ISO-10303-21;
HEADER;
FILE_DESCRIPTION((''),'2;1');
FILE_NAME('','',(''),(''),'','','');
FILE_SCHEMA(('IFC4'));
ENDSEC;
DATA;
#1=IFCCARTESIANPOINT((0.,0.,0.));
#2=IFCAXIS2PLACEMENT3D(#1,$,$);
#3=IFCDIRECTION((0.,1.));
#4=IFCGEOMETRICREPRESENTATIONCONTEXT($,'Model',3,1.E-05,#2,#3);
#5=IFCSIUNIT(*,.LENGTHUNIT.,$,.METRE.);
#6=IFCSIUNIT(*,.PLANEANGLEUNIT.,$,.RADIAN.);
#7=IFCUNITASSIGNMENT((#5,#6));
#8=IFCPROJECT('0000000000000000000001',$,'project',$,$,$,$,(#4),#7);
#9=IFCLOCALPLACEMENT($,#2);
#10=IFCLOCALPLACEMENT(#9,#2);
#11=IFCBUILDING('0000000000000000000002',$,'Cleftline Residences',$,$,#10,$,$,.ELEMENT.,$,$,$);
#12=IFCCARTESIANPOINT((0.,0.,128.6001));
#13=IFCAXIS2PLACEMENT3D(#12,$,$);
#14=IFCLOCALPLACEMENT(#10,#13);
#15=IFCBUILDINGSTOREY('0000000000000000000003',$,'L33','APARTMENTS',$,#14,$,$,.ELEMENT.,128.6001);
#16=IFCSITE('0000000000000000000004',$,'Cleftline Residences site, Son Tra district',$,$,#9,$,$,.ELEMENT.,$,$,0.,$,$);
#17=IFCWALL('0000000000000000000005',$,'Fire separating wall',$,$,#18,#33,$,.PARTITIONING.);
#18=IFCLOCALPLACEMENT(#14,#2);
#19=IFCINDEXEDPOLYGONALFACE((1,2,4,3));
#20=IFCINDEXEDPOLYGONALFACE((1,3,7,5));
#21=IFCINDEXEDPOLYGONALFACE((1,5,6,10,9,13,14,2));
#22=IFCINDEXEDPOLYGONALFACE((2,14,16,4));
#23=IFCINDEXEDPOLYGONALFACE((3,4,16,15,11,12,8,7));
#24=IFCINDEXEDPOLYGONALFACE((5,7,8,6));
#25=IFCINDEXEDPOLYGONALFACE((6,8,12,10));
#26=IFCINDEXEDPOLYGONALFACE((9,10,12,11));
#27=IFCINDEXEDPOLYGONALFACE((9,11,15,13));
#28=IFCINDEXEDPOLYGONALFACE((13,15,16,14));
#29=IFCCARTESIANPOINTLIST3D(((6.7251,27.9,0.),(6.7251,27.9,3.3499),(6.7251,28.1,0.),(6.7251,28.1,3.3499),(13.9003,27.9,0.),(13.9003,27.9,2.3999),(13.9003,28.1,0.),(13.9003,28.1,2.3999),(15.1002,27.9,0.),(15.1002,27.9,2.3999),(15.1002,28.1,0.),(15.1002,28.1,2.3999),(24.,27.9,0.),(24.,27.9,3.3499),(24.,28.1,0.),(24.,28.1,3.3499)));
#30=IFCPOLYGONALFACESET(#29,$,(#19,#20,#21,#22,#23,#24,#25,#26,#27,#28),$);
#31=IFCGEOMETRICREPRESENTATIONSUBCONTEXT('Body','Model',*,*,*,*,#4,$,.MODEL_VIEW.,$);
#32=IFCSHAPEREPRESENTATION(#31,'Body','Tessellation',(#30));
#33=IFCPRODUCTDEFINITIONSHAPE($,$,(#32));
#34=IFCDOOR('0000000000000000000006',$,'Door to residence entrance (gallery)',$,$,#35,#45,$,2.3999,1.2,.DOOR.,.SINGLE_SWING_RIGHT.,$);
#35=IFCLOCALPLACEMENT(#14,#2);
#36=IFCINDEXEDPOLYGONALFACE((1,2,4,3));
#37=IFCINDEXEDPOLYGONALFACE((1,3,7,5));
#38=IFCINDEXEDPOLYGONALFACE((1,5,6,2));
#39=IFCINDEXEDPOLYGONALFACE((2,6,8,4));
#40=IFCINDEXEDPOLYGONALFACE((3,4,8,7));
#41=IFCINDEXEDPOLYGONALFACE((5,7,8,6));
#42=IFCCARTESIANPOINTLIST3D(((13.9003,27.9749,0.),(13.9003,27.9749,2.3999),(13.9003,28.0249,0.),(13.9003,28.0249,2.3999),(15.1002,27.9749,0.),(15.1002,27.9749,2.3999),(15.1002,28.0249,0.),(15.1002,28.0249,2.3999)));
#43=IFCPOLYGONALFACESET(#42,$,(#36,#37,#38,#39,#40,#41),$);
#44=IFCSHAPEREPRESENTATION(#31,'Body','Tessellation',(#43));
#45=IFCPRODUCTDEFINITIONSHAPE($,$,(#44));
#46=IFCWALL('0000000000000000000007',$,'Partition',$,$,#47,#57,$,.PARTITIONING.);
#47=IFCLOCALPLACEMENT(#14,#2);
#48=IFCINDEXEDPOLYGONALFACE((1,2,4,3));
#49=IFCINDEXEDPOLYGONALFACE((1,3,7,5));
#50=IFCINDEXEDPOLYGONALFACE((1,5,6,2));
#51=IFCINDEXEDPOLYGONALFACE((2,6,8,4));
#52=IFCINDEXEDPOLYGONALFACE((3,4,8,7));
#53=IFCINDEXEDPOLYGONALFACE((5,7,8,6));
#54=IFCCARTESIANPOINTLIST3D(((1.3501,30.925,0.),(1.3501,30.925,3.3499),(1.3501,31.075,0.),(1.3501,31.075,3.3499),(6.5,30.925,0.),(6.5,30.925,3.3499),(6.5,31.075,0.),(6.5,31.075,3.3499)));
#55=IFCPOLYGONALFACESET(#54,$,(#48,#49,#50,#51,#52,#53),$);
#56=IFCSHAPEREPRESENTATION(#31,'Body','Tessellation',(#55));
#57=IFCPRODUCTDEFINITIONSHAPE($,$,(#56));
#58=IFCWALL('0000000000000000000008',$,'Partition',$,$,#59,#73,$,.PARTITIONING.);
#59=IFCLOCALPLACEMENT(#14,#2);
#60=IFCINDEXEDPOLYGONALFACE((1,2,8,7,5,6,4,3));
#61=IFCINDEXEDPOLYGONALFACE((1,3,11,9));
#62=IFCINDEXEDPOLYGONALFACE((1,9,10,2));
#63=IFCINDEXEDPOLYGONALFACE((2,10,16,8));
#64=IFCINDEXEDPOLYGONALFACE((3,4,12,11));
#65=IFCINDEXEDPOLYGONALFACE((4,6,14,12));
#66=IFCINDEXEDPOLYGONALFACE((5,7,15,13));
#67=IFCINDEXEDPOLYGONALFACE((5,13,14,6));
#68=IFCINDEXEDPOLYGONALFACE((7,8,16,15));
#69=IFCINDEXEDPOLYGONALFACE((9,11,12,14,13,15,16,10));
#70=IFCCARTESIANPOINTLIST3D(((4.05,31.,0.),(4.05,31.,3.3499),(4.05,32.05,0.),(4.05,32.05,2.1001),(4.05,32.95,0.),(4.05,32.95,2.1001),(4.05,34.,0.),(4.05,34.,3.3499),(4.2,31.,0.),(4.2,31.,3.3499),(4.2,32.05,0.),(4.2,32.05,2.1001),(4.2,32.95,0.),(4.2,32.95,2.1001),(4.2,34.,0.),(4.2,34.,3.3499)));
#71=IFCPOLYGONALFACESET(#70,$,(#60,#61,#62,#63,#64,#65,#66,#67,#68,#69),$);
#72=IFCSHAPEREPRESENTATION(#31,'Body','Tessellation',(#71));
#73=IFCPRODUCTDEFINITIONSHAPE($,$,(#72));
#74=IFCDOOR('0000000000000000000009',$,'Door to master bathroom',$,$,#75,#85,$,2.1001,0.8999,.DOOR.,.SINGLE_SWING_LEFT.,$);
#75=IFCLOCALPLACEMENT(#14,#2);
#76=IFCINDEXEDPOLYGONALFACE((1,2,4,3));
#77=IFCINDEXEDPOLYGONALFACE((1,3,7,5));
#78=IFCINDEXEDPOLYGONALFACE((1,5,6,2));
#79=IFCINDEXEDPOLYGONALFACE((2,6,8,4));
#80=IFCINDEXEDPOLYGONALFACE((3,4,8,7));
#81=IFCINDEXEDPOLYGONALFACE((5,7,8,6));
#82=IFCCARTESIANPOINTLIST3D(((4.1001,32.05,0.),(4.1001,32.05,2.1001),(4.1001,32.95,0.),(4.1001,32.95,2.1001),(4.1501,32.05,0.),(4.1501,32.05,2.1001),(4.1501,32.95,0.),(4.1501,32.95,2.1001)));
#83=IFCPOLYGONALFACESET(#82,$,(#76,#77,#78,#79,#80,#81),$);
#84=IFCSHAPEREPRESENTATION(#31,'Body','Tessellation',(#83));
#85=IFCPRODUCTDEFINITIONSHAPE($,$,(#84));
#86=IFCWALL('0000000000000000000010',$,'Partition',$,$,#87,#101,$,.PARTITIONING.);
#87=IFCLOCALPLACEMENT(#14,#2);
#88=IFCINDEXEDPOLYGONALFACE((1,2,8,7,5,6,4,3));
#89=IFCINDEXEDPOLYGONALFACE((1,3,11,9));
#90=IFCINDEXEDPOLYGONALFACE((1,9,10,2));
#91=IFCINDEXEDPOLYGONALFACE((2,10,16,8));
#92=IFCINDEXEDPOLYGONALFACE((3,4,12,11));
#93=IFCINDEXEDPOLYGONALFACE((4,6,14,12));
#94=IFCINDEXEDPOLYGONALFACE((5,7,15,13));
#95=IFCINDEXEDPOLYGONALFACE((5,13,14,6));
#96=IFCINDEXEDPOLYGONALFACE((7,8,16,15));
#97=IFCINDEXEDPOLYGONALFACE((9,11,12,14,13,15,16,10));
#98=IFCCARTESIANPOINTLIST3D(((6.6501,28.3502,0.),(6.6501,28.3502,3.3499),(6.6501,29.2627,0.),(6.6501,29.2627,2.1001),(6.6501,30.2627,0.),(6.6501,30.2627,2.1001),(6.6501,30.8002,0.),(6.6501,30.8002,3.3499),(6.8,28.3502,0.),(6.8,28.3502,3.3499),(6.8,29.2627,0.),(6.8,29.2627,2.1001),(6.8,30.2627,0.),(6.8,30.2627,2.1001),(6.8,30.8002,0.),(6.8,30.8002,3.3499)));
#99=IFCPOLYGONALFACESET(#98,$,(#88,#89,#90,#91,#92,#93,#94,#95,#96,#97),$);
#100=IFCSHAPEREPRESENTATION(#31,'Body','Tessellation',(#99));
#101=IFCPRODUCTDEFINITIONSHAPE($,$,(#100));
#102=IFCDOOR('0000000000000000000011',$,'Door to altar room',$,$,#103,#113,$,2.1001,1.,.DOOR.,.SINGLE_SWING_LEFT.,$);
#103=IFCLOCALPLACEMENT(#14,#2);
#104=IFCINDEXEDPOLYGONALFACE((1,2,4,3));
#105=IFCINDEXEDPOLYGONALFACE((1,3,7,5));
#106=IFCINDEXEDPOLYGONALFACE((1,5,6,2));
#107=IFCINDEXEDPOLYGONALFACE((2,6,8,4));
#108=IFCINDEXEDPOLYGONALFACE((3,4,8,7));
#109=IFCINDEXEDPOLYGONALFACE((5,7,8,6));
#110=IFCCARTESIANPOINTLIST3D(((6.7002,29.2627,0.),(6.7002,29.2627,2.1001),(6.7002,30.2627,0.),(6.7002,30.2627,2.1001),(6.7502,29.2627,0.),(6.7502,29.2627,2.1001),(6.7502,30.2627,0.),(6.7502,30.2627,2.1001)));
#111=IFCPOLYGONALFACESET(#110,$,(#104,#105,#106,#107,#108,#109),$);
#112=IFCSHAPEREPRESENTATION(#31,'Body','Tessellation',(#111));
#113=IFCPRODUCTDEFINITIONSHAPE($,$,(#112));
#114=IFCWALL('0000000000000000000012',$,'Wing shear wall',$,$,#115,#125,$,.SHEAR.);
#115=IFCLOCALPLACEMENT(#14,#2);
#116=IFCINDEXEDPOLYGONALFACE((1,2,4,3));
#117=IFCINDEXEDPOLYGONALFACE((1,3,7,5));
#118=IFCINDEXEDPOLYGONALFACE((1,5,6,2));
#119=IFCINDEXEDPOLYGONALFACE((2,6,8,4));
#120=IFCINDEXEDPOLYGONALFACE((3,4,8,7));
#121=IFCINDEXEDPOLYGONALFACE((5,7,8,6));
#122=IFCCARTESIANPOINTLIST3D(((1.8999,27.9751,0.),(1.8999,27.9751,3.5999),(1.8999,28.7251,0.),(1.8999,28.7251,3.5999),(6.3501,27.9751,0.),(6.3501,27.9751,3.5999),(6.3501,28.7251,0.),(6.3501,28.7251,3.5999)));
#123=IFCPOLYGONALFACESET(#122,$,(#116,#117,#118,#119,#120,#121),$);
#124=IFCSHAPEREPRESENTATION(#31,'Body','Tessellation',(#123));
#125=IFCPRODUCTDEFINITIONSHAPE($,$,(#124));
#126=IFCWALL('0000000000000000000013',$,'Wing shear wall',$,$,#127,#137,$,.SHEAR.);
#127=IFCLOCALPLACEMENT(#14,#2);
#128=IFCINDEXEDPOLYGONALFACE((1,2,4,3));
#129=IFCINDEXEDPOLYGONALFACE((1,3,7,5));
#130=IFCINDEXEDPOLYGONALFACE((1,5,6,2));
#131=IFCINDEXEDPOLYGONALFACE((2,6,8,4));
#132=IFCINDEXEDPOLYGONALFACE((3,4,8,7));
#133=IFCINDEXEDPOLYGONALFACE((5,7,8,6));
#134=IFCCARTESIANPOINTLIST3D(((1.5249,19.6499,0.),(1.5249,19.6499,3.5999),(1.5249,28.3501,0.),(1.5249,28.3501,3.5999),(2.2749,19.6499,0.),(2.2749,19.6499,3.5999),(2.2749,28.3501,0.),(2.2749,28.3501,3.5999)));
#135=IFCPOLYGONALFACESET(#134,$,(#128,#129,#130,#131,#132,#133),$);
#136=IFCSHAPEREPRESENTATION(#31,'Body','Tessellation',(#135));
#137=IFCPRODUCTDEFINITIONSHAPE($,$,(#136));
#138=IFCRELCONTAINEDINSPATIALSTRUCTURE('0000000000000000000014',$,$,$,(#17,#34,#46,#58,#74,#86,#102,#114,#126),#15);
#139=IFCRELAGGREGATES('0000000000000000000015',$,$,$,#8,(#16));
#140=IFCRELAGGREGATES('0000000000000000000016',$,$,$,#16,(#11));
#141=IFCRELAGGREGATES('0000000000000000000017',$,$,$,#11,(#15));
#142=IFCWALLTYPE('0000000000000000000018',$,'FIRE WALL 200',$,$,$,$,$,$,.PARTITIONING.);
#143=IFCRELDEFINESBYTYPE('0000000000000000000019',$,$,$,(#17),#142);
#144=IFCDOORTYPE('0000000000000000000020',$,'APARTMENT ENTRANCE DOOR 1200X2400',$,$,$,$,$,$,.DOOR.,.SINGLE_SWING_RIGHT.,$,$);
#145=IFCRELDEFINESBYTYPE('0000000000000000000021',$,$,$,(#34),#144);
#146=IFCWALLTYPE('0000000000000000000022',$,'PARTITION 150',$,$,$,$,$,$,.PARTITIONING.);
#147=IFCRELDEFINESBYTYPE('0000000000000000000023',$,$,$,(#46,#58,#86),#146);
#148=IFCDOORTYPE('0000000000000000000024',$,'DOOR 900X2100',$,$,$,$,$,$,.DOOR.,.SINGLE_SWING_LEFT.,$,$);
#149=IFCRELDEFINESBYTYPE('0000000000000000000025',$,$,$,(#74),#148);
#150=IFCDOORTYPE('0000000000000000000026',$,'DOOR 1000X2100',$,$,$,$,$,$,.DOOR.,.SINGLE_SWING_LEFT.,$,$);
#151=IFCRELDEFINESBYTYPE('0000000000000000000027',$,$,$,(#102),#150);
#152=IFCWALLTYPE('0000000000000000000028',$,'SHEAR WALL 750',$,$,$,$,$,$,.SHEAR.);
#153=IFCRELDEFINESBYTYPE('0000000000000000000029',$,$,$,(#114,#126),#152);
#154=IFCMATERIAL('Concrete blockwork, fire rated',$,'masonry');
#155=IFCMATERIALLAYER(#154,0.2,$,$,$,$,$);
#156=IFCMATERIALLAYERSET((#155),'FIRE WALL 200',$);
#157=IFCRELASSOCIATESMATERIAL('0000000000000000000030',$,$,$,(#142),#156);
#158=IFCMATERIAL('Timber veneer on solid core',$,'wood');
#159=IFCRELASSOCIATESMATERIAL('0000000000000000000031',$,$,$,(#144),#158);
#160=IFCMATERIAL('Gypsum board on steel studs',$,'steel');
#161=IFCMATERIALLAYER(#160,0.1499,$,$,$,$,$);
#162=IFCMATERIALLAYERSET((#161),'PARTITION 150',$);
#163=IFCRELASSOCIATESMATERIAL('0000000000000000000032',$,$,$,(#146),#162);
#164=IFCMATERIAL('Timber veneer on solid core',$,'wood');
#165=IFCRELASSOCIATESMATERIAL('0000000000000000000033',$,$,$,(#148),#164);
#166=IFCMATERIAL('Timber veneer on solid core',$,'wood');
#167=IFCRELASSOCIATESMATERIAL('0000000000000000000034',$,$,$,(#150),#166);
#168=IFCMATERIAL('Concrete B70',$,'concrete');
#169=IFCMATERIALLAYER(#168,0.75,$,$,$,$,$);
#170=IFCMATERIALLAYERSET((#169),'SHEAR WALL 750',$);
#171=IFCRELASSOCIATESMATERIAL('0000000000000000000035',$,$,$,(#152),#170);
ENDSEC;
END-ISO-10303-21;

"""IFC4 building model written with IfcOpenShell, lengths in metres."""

from ifc_helpers import new_model, si_unit, direction, frame, frame_2d, origin, place, context, subcontext, project, spatial, rectangle, extrude, material, layer, layer_set, type_object, element, fill, save


model = new_model("IFC4")

# Units and contexts
model_context = context("Model", 3, precision=1e-05, world=origin(), true_north=direction((0.0, 1.0)))
body_context = subcontext(model_context, "Body", "Model", "MODEL_VIEW")
ifc_project = project(units=[si_unit("LENGTHUNIT", "METRE"), si_unit("PLANEANGLEUNIT", "RADIAN")], contexts=[model_context])

# Site, building, storey
site_placement = place(None, origin())
site = spatial("IfcSite", under=ifc_project, at=site_placement, Name="Cleftline Residences site, Son Tra district", CompositionType="ELEMENT", RefElevation=0.0)
building_placement = place(site_placement, origin())
building = spatial("IfcBuilding", under=site, at=building_placement, Name="Cleftline Residences", CompositionType="ELEMENT")
storey_placement = place(building_placement, frame((0.0, 0.0, 128.6001)))
storey = spatial("IfcBuildingStorey", under=building, at=storey_placement, Name="L33", Description="APARTMENTS", CompositionType="ELEMENT", Elevation=128.6001)

# Shared definitions
ifc_material_1 = material(Name="Concrete blockwork, fire rated", Category="masonry")
ifc_layer_1 = layer(ifc_material_1, 0.2)
ifc_layer_set_1 = layer_set([ifc_layer_1], Name="FIRE WALL 200")
wall_type_1 = type_object("IfcWallType", Name="FIRE WALL 200", PredefinedType="PARTITIONING", material=ifc_layer_set_1)

# Wall, opening, door
wall_1_placement = place(storey_placement, frame((6.7251, 28.0, 0.0), z_axis=(0.0, 0.0, 1.0), x_axis=(1.0, 0.0, 0.0)))
wall_1 = element("IfcWall", 1, at=wall_1_placement, inside=storey, type_object=wall_type_1, Name="Fire separating wall", PredefinedType="PARTITIONING", context=body_context, shape_type="SweptSolid", body=[
    extrude(rectangle(XDim=17.2749, YDim=0.2, at=frame_2d((8.6375, 0.0))), origin(), (0.0, 0.0, 1.0), 3.3499),
])
opening_1_placement = place(wall_1_placement, frame((7.175, 0.0, 0.0)))
opening_1 = element("IfcOpeningElement", 2, at=opening_1_placement, cuts=wall_1, PredefinedType="OPENING", context=body_context, shape_type="SweptSolid", body=[
    extrude(rectangle(XDim=1.2, YDim=2.3999, at=frame_2d((0.6001, 1.2))), frame((0.0, 0.1099, 0.0), z_axis=(0.0, -1.0, 0.0), x_axis=(1.0, 0.0, 0.0)), (0.0, 0.0, 1.0), 0.22),
])
ifc_material_2 = material(Name="Timber veneer on solid core", Category="wood")
door_type_1 = type_object("IfcDoorType", Name="APARTMENT ENTRANCE DOOR 1200X2400", OperationType="SINGLE_SWING_RIGHT", PredefinedType="DOOR", material=ifc_material_2)
door_1_placement = place(opening_1_placement, origin())
door_1 = element("IfcDoor", 3, at=door_1_placement, inside=storey, type_object=door_type_1, Name="Door to residence entrance (gallery)", OperationType="SINGLE_SWING_RIGHT", OverallHeight=2.3999, OverallWidth=1.2, PredefinedType="DOOR", context=body_context, shape_type="SweptSolid", body=[
    extrude(rectangle(XDim=1.2, YDim=2.3999, at=frame_2d((0.6001, 1.2))), frame((0.0, 0.0249, 0.0), z_axis=(0.0, -1.0, 0.0), x_axis=(1.0, 0.0, 0.0)), (0.0, 0.0, 1.0), 0.05),
])
fill(opening_1, door_1)

# Wall
ifc_material_3 = material(Name="Gypsum board on steel studs", Category="steel")
ifc_layer_2 = layer(ifc_material_3, 0.1499)
ifc_layer_set_2 = layer_set([ifc_layer_2], Name="PARTITION 150")
wall_type_2 = type_object("IfcWallType", Name="PARTITION 150", PredefinedType="PARTITIONING", material=ifc_layer_set_2)
wall_2_placement = place(storey_placement, frame((1.3501, 31.0, 0.0), z_axis=(0.0, 0.0, 1.0), x_axis=(1.0, 0.0, 0.0)))
element("IfcWall", 4, at=wall_2_placement, inside=storey, type_object=wall_type_2, Name="Partition", PredefinedType="PARTITIONING", context=body_context, shape_type="SweptSolid", body=[
    extrude(rectangle(XDim=5.1499, YDim=0.1499, at=frame_2d((2.575, 0.0))), origin(), (0.0, 0.0, 1.0), 3.3499),
])

# Walls, openings, doors
wall_3_placement = place(storey_placement, frame((4.125, 31.0, 0.0), z_axis=(0.0, 0.0, 1.0), x_axis=(0.0, 1.0, 0.0)))
wall_3 = element("IfcWall", 5, at=wall_3_placement, inside=storey, type_object=wall_type_2, Name="Partition", PredefinedType="PARTITIONING", context=body_context, shape_type="SweptSolid", body=[
    extrude(rectangle(XDim=3.0, YDim=0.1499, at=frame_2d((1.5, 0.0))), origin(), (0.0, 0.0, 1.0), 3.3499),
])
opening_2_placement = place(wall_3_placement, frame((1.05, 0.0, 0.0)))
opening_2 = element("IfcOpeningElement", 6, at=opening_2_placement, cuts=wall_3, PredefinedType="OPENING", context=body_context, shape_type="SweptSolid", body=[
    extrude(rectangle(XDim=0.8999, YDim=2.1001, at=frame_2d((0.45, 1.05))), frame((0.0, 0.085, 0.0), z_axis=(0.0, -1.0, 0.0), x_axis=(1.0, 0.0, 0.0)), (0.0, 0.0, 1.0), 0.1699),
])
ifc_material_4 = material(Name="Timber veneer on solid core", Category="wood")
door_type_2 = type_object("IfcDoorType", Name="DOOR 900X2100", OperationType="SINGLE_SWING_LEFT", PredefinedType="DOOR", material=ifc_material_4)
door_2_placement = place(opening_2_placement, origin())
door_2 = element("IfcDoor", 7, at=door_2_placement, inside=storey, type_object=door_type_2, Name="Door to master bathroom", OperationType="SINGLE_SWING_LEFT", OverallHeight=2.1001, OverallWidth=0.8999, PredefinedType="DOOR", context=body_context, shape_type="SweptSolid", body=[
    extrude(rectangle(XDim=0.8999, YDim=2.1001, at=frame_2d((0.45, 1.05))), frame((0.0, 0.0249, 0.0), z_axis=(0.0, -1.0, 0.0), x_axis=(1.0, 0.0, 0.0)), (0.0, 0.0, 1.0), 0.05),
])
fill(opening_2, door_2)
wall_4_placement = place(storey_placement, frame((6.7251, 28.3501, 0.0), z_axis=(0.0, 0.0, 1.0), x_axis=(0.0, 1.0, 0.0)))
wall_4 = element("IfcWall", 8, at=wall_4_placement, inside=storey, type_object=wall_type_2, Name="Partition", PredefinedType="PARTITIONING", context=body_context, shape_type="SweptSolid", body=[
    extrude(rectangle(XDim=2.45, YDim=0.1499, at=frame_2d((1.2251, 0.0))), origin(), (0.0, 0.0, 1.0), 3.3499),
])
opening_3_placement = place(wall_4_placement, frame((0.9126, 0.0, 0.0)))
opening_3 = element("IfcOpeningElement", 9, at=opening_3_placement, cuts=wall_4, PredefinedType="OPENING", context=body_context, shape_type="SweptSolid", body=[
    extrude(rectangle(XDim=1.0, YDim=2.1001, at=frame_2d((0.5, 1.05))), frame((0.0, 0.085, 0.0), z_axis=(0.0, -1.0, 0.0), x_axis=(1.0, 0.0, 0.0)), (0.0, 0.0, 1.0), 0.1699),
])
ifc_material_5 = material(Name="Timber veneer on solid core", Category="wood")
door_type_3 = type_object("IfcDoorType", Name="DOOR 1000X2100", OperationType="SINGLE_SWING_LEFT", PredefinedType="DOOR", material=ifc_material_5)
door_3_placement = place(opening_3_placement, origin())
door_3 = element("IfcDoor", 10, at=door_3_placement, inside=storey, type_object=door_type_3, Name="Door to altar room", OperationType="SINGLE_SWING_LEFT", OverallHeight=2.1001, OverallWidth=1.0, PredefinedType="DOOR", context=body_context, shape_type="SweptSolid", body=[
    extrude(rectangle(XDim=1.0, YDim=2.1001, at=frame_2d((0.5, 1.05))), frame((0.0, 0.0249, 0.0), z_axis=(0.0, -1.0, 0.0), x_axis=(1.0, 0.0, 0.0)), (0.0, 0.0, 1.0), 0.05),
])
fill(opening_3, door_3)

# Walls
ifc_material_6 = material(Name="Concrete B70", Category="concrete")
ifc_layer_3 = layer(ifc_material_6, 0.75)
ifc_layer_set_3 = layer_set([ifc_layer_3], Name="SHEAR WALL 750")
wall_type_3 = type_object("IfcWallType", Name="SHEAR WALL 750", PredefinedType="SHEAR", material=ifc_layer_set_3)
wall_5_placement = place(storey_placement, frame((6.3501, 28.3501, 0.0), z_axis=(0.0, 0.0, 1.0), x_axis=(-1.0, 0.0, 0.0)))
element("IfcWall", 11, at=wall_5_placement, inside=storey, type_object=wall_type_3, Name="Wing shear wall", PredefinedType="SHEAR", context=body_context, shape_type="SweptSolid", body=[
    extrude(rectangle(XDim=4.4502, YDim=0.75, at=frame_2d((2.2251, 0.0))), origin(), (0.0, 0.0, 1.0), 3.5999),
])
wall_6_placement = place(storey_placement, frame((1.8999, 28.3501, 0.0), z_axis=(0.0, 0.0, 1.0), x_axis=(0.0, -1.0, 0.0)))
element("IfcWall", 12, at=wall_6_placement, inside=storey, type_object=wall_type_3, Name="Wing shear wall", PredefinedType="SHEAR", context=body_context, shape_type="SweptSolid", body=[
    extrude(rectangle(XDim=8.7002, YDim=0.75, at=frame_2d((4.3501, 0.0))), origin(), (0.0, 0.0, 1.0), 3.5999),
])

save(model, "model.ifc")
